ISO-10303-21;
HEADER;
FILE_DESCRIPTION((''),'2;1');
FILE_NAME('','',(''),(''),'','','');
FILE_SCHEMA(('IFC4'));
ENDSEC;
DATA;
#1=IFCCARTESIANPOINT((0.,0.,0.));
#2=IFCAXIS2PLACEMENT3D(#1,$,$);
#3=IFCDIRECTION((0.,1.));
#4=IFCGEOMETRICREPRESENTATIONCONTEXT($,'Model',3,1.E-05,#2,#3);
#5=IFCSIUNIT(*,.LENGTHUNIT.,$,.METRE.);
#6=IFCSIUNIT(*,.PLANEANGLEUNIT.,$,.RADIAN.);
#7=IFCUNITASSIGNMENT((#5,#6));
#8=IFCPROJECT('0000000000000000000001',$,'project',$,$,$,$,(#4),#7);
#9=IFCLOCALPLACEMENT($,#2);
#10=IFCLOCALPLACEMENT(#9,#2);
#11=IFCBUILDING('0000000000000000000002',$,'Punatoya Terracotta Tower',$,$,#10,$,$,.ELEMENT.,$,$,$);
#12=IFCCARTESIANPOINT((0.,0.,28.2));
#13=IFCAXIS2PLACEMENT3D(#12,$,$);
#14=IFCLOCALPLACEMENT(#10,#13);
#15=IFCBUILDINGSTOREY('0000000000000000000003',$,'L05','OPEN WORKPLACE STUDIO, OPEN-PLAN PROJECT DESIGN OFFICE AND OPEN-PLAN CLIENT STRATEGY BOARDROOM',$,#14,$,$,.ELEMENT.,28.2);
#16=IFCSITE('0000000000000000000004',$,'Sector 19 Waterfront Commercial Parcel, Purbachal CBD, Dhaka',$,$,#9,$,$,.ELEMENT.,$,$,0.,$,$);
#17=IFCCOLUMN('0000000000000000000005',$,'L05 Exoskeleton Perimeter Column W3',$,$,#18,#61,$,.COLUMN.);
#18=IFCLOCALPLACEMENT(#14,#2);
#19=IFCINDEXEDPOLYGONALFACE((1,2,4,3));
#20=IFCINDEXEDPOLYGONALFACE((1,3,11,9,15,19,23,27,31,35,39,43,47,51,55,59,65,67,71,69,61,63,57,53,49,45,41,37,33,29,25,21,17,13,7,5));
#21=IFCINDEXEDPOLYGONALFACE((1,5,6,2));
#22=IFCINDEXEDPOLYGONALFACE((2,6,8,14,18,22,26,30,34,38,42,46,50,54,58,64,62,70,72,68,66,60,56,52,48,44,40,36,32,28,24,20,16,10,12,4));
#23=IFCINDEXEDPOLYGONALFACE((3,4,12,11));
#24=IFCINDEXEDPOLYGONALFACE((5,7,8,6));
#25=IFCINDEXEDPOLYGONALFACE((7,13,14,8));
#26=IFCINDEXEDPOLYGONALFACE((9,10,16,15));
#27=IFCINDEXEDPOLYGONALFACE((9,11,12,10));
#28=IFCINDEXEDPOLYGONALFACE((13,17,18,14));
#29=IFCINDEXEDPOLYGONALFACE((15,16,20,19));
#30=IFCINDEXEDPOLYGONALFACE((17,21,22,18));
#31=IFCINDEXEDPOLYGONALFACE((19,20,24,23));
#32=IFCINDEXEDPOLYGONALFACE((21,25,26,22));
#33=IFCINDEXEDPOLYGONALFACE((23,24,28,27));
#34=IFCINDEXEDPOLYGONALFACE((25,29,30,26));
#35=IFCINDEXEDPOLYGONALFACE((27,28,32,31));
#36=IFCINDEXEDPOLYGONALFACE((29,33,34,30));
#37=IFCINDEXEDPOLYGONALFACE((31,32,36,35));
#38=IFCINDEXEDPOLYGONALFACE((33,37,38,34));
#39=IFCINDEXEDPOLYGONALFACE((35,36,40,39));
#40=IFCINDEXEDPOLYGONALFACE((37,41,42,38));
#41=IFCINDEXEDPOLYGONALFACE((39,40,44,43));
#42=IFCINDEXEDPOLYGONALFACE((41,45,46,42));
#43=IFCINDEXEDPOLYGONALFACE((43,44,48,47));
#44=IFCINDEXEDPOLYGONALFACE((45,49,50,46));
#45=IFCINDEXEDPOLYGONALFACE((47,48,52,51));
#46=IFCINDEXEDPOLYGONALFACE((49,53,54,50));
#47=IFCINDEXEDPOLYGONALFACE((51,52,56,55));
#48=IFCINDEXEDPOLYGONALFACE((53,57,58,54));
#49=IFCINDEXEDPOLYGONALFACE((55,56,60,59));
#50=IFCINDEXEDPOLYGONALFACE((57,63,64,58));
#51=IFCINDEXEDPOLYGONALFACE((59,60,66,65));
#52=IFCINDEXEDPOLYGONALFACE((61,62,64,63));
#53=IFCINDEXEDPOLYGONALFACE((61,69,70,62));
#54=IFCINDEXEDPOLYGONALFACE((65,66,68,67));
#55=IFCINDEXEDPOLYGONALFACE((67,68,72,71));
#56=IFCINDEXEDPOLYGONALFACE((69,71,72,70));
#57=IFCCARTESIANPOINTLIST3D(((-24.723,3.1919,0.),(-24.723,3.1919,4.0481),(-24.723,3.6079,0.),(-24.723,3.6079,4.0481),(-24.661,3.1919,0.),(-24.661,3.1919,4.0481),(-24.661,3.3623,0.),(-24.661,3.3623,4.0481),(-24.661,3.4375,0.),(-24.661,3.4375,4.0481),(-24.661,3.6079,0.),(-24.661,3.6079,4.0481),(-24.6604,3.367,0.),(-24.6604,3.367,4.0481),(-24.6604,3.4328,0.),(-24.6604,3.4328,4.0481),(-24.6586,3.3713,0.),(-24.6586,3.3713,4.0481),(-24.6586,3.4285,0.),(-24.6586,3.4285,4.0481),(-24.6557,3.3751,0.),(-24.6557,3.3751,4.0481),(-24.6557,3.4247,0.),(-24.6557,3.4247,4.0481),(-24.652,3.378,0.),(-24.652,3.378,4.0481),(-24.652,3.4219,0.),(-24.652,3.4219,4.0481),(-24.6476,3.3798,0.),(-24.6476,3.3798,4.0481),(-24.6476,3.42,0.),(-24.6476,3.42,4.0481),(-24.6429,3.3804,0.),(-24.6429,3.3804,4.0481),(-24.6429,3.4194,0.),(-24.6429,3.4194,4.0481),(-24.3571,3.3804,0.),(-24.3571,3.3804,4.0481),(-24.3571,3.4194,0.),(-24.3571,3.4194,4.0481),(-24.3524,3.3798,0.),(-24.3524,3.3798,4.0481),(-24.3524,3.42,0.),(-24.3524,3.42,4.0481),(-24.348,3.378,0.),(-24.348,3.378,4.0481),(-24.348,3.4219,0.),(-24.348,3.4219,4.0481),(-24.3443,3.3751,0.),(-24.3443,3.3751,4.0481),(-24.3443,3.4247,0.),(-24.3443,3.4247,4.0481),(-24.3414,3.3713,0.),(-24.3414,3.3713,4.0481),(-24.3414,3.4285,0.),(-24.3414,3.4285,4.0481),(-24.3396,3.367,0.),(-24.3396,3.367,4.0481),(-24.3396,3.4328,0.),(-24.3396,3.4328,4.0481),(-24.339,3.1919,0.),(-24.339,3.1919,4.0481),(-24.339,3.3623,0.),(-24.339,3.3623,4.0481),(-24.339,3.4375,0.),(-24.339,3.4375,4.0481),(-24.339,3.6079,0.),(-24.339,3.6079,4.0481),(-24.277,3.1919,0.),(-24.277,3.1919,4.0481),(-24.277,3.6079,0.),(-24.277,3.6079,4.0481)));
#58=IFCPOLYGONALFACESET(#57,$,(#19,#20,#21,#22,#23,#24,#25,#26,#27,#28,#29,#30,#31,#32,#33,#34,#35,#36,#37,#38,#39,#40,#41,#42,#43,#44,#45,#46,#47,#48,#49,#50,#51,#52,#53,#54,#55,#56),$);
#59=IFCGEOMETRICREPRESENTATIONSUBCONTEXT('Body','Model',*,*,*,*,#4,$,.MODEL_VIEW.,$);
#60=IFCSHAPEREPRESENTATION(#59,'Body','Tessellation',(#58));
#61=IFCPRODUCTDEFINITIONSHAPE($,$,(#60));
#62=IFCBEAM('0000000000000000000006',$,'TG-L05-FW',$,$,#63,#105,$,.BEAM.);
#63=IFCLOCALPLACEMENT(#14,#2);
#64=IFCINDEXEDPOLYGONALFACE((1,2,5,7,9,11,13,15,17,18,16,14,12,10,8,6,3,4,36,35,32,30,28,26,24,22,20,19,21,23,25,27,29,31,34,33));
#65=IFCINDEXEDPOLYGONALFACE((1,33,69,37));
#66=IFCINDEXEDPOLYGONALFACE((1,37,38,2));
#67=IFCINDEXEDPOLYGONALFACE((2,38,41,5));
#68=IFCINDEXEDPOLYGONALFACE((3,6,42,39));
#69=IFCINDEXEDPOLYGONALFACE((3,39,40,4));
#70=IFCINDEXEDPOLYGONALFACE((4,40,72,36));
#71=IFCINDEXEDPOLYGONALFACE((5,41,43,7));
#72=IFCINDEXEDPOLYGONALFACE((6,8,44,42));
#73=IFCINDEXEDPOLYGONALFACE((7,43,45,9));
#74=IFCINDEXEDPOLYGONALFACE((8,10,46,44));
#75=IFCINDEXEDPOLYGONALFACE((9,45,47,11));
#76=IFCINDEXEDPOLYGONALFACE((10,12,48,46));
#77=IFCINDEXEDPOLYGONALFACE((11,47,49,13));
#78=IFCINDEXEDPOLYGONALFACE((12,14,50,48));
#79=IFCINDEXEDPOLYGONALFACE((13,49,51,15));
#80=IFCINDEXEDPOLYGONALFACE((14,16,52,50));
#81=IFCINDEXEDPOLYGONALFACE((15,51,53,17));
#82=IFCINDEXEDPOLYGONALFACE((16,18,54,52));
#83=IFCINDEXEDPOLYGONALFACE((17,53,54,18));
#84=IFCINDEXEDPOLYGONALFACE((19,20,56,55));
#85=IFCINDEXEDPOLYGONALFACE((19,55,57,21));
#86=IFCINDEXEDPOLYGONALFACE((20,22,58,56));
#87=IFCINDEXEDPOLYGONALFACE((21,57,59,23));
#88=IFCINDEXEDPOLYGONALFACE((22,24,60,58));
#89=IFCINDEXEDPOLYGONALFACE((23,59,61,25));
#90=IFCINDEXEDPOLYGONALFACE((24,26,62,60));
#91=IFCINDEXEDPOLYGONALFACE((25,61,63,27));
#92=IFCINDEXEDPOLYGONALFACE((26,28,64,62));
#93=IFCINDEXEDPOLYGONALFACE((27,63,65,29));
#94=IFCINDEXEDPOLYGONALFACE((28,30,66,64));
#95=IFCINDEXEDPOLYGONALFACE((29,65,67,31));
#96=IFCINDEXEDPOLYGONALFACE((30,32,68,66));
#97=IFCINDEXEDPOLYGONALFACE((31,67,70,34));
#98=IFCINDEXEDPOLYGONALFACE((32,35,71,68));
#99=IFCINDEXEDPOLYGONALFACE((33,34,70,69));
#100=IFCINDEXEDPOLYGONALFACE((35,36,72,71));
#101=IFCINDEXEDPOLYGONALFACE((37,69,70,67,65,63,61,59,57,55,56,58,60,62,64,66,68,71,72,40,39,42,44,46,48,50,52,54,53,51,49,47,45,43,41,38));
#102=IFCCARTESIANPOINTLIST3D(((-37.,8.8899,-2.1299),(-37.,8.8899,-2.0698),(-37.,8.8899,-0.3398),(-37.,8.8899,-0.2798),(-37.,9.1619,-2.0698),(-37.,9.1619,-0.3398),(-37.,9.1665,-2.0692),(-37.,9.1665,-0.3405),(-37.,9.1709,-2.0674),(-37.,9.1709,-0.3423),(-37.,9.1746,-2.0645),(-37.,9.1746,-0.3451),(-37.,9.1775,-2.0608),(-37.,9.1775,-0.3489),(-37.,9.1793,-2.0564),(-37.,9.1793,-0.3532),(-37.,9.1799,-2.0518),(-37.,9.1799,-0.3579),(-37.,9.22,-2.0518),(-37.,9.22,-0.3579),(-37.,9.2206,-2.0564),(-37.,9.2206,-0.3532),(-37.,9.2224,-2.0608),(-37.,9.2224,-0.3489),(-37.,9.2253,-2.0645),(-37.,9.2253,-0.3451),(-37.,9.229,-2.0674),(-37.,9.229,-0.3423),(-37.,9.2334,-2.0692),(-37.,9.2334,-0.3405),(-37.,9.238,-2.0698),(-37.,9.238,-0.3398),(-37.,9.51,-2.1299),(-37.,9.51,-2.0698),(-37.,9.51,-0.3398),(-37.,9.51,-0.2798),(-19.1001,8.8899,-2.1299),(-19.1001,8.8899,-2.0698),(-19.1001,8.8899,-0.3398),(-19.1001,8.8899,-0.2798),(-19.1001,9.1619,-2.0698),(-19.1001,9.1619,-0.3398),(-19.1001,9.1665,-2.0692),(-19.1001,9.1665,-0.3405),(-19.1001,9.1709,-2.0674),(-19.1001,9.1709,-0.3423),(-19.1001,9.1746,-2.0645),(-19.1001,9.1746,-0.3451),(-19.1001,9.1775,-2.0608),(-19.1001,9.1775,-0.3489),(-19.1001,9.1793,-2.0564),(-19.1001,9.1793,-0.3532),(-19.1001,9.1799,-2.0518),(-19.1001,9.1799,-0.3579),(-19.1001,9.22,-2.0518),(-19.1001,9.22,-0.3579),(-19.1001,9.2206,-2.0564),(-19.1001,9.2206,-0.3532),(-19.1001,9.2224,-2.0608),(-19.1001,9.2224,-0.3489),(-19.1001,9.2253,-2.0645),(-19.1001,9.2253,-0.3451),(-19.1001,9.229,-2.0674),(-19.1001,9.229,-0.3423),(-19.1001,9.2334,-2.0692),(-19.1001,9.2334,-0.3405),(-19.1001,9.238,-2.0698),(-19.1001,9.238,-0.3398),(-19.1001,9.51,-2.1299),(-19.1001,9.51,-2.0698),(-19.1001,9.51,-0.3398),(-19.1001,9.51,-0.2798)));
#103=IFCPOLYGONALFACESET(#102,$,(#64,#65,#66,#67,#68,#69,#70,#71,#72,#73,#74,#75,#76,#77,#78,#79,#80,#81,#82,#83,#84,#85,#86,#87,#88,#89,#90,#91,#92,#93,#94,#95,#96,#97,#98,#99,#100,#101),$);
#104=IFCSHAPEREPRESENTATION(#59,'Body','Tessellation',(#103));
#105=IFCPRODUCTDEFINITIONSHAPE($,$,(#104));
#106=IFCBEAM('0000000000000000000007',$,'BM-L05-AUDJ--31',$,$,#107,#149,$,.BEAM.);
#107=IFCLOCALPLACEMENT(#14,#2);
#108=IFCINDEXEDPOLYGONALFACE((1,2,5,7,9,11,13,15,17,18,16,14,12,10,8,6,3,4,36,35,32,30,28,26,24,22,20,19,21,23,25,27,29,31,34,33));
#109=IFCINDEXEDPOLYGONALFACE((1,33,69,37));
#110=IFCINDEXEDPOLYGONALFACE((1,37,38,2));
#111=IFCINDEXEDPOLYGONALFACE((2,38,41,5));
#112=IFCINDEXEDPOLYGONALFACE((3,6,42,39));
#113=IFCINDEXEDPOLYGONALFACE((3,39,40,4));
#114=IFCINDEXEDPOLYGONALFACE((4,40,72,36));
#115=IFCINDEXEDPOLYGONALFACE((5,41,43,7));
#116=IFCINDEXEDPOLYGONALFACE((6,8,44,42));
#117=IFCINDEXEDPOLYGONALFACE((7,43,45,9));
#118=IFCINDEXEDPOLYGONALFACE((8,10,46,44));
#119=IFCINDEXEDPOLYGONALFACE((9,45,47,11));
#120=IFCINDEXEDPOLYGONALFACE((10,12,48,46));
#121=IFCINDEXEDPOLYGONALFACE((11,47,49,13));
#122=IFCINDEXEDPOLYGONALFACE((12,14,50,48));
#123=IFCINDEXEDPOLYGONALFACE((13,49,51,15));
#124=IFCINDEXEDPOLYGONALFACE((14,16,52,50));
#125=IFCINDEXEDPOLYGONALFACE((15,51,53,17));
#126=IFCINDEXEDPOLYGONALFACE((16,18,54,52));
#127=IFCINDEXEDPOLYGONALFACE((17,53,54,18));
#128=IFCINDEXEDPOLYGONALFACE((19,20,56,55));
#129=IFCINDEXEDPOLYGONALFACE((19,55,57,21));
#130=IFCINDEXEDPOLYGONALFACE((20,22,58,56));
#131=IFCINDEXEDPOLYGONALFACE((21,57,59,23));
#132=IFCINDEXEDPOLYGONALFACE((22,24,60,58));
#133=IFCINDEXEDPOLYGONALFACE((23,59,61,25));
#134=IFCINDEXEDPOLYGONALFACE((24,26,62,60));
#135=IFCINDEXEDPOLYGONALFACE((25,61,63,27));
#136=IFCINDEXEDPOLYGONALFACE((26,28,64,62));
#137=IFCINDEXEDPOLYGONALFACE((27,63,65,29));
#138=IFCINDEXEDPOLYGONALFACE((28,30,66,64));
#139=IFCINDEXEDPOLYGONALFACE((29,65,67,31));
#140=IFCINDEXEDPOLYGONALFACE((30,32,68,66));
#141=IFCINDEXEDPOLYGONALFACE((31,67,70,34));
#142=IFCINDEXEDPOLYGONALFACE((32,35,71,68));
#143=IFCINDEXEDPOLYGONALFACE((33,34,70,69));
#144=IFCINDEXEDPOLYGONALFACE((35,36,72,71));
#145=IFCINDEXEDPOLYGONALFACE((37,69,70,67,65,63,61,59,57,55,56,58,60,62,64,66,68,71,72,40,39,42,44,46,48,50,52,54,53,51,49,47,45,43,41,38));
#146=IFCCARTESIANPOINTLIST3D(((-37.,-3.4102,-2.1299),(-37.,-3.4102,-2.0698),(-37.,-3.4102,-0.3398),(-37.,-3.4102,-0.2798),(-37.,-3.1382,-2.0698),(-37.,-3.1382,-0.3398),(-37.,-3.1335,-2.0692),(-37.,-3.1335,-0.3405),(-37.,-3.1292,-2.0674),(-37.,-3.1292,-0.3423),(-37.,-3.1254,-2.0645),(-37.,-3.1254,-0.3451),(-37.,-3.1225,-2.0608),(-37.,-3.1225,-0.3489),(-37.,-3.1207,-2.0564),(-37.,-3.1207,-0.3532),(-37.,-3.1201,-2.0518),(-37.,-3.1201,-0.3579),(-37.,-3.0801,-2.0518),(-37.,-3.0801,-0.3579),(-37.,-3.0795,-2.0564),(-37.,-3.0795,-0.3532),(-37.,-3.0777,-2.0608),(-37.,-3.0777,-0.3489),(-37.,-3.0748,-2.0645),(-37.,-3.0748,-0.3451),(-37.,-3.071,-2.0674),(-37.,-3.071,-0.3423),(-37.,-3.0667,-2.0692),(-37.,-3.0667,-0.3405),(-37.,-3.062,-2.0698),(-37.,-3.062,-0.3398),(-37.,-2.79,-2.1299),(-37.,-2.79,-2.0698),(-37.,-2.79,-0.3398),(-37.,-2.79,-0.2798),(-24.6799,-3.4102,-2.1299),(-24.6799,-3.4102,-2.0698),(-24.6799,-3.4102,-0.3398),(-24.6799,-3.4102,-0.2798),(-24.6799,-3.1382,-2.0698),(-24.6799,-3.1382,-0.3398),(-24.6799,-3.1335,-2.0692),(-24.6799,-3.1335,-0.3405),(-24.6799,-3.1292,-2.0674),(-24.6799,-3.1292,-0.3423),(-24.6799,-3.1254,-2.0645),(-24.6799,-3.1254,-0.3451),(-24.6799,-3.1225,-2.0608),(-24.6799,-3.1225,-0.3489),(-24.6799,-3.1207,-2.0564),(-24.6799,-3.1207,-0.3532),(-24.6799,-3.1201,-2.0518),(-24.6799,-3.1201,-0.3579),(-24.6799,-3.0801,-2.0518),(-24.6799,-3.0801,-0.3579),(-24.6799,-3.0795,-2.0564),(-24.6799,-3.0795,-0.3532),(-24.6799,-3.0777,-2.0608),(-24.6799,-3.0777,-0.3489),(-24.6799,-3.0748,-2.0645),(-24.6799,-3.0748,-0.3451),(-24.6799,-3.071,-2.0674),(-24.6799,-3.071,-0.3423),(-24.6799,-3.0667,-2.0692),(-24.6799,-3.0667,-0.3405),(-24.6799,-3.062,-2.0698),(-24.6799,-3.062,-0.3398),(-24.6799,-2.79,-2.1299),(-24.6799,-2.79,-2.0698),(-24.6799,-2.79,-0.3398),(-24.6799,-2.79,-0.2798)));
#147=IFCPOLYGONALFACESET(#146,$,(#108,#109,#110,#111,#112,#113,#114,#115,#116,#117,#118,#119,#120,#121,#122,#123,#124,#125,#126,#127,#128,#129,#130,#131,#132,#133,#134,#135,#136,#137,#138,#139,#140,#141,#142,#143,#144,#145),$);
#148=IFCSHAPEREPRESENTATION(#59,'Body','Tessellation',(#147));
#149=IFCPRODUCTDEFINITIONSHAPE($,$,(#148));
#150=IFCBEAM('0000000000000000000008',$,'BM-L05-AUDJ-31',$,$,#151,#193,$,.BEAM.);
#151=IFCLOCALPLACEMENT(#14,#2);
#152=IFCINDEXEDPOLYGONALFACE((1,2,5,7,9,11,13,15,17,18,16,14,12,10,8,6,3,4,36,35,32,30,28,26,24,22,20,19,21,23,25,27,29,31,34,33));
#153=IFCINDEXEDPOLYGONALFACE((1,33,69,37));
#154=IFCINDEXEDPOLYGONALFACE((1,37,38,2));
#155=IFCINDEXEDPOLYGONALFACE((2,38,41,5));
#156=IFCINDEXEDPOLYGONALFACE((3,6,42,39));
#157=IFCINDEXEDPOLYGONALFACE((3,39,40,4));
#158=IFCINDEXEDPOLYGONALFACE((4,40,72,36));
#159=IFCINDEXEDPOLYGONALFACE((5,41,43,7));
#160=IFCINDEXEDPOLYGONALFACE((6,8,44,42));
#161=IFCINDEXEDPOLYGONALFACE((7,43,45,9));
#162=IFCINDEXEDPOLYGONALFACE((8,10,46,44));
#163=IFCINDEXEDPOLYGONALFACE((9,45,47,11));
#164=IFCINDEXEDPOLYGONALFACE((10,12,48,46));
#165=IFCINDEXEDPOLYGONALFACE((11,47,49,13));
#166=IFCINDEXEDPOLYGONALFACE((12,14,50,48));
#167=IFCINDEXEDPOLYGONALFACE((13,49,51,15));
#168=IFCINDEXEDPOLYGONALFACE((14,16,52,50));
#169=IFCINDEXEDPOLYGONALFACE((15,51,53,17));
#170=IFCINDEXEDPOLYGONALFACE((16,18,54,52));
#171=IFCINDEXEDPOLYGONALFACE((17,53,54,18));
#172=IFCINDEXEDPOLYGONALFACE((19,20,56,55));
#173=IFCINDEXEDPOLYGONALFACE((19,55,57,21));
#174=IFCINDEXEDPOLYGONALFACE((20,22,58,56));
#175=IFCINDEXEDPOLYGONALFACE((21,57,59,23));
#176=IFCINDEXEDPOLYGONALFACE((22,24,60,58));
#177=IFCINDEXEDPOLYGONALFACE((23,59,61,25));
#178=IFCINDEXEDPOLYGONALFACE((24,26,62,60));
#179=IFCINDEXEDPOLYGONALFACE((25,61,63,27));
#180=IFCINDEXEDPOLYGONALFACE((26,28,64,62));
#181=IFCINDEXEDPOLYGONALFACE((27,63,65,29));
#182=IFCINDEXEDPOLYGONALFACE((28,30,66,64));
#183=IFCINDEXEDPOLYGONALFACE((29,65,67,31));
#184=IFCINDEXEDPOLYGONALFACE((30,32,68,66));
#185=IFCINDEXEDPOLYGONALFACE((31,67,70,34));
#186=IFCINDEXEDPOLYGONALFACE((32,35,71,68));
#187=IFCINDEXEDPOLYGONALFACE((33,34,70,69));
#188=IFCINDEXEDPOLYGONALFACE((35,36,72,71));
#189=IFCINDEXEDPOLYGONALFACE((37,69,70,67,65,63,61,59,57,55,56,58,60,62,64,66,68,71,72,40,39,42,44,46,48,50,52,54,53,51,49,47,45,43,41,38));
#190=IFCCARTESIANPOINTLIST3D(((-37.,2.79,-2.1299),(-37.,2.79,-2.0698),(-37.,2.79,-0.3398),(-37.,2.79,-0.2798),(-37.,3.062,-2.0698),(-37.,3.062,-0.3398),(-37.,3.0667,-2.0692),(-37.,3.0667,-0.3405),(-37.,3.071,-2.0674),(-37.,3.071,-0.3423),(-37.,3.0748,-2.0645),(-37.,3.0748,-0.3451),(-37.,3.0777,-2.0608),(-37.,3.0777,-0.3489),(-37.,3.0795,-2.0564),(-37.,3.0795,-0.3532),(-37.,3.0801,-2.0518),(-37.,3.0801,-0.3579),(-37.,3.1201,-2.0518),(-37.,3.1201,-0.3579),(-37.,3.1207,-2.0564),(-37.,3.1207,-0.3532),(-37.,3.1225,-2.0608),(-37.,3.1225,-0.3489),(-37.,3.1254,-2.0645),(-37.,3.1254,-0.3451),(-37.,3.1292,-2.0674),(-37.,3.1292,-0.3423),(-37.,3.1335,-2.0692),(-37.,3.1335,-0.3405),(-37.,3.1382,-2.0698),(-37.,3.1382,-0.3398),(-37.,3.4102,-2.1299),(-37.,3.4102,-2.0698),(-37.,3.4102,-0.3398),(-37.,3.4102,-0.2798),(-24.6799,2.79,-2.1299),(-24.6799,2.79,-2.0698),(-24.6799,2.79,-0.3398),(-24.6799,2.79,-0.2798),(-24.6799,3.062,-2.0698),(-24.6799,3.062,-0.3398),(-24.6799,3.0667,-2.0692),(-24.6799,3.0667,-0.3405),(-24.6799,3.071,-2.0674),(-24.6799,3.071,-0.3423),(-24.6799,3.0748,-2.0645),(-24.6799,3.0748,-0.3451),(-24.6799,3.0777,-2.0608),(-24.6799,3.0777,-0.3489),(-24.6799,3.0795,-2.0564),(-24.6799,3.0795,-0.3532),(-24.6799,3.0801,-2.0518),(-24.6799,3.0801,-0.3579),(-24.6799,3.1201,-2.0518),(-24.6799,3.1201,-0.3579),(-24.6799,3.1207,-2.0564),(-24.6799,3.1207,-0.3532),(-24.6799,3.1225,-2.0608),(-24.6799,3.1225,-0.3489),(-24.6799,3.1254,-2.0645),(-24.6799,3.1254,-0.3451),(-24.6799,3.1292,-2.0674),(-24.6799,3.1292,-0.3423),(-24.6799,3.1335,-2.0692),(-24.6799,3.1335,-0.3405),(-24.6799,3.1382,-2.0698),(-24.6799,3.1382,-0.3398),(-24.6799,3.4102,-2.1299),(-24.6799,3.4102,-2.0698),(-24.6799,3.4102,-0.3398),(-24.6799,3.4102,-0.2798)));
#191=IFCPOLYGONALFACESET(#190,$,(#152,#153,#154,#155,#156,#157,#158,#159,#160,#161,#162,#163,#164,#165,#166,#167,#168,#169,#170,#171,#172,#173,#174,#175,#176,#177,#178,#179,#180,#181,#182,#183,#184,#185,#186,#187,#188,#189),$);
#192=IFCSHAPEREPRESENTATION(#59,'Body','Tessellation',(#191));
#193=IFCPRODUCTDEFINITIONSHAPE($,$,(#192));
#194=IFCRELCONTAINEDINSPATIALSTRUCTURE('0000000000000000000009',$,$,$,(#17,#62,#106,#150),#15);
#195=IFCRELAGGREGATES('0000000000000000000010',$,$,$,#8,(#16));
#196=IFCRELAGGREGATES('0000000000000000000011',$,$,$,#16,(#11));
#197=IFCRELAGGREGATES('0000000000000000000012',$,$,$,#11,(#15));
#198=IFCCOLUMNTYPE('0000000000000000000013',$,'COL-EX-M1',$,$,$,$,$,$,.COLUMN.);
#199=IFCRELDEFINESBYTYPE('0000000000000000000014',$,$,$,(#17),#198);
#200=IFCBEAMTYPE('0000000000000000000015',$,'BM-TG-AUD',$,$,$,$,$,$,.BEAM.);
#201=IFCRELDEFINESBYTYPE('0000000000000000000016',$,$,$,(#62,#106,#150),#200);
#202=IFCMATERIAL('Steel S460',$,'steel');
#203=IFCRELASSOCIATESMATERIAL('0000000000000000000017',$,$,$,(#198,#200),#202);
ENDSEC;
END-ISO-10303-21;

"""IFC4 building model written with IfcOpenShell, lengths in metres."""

from ifc_helpers import new_model, si_unit, direction, frame, origin, origin_2d, place, context, subcontext, project, spatial, i_section, extrude, material, material_profile, profile_set, type_object, element, save


model = new_model("IFC4")

# Units and contexts
model_context = context("Model", 3, precision=1e-05, world=origin(), true_north=direction((0.0, 1.0)))
body_context = subcontext(model_context, "Body", "Model", "MODEL_VIEW")
ifc_project = project(units=[si_unit("LENGTHUNIT", "METRE"), si_unit("PLANEANGLEUNIT", "RADIAN")], contexts=[model_context])

# Site, building, storey
site_placement = place(None, origin())
site = spatial("IfcSite", under=ifc_project, at=site_placement, Name="Sector 19 Waterfront Commercial Parcel, Purbachal CBD, Dhaka", CompositionType="ELEMENT", RefElevation=0.0)
building_placement = place(site_placement, origin())
building = spatial("IfcBuilding", under=site, at=building_placement, Name="Punatoya Terracotta Tower", CompositionType="ELEMENT")
storey_placement = place(building_placement, frame((0.0, 0.0, 28.2)))
storey = spatial("IfcBuildingStorey", under=building, at=storey_placement, Name="L05", Description="OPEN WORKPLACE STUDIO, OPEN-PLAN PROJECT DESIGN OFFICE AND OPEN-PLAN CLIENT STRATEGY BOARDROOM", CompositionType="ELEMENT", Elevation=28.2)

# Column
ifc_material_1 = material(Name="Steel S460", Category="steel")
ifc_material_profile_1 = material_profile(ifc_material_1, i_section(OverallWidth=0.416, OverallDepth=0.446, WebThickness=0.0391, FlangeThickness=0.062, FilletRadius=0.0181, at=origin_2d()))
ifc_profile_set_1 = profile_set([ifc_material_profile_1], Name="Steel S460")
column_type = type_object("IfcColumnType", Name="COL-EX-M1", PredefinedType="COLUMN", material=ifc_profile_set_1)
column_placement = place(storey_placement, frame((-24.5, 3.3999, 0.0), z_axis=(0.0, 0.0, 1.0), x_axis=(0.0, 1.0, 0.0)))
element("IfcColumn", 1, at=column_placement, inside=storey, type_object=column_type, Name="L05 Exoskeleton Perimeter Column W3", PredefinedType="COLUMN", context=body_context, shape_type="SweptSolid", body=[
    extrude(i_section(OverallWidth=0.416, OverallDepth=0.446, WebThickness=0.0391, FlangeThickness=0.062, FilletRadius=0.0181, at=origin_2d()), origin(), (0.0, 0.0, 1.0), 4.0481),
])

# Beams
ifc_material_profile_2 = material_profile(ifc_material_1, i_section(OverallWidth=0.6201, OverallDepth=1.8501, WebThickness=0.04, FlangeThickness=0.0601, FilletRadius=0.0181, at=origin_2d()))
ifc_profile_set_2 = profile_set([ifc_material_profile_2], Name="Steel S460")
beam_type_1 = type_object("IfcBeamType", Name="BM-TG-AUD", PredefinedType="BEAM", material=ifc_profile_set_2)
beam_1_placement = place(storey_placement, frame((-37.0, 9.2, -1.2048), z_axis=(1.0, 0.0, 0.0), x_axis=(0.0, 1.0, 0.0)))
element("IfcBeam", 2, at=beam_1_placement, inside=storey, type_object=beam_type_1, Name="TG-L05-FW", PredefinedType="BEAM", context=body_context, shape_type="SweptSolid", body=[
    extrude(i_section(OverallWidth=0.6201, OverallDepth=1.8501, WebThickness=0.04, FlangeThickness=0.0601, FilletRadius=0.0181, at=origin_2d()), origin(), (0.0, 0.0, 1.0), 17.8999),
])
for number, where, z_axis, x_axis, name in (
    (3, (-37.0, -3.1001, -1.2048), (1.0, 0.0, 0.0), (0.0, 1.0, 0.0), "BM-L05-AUDJ--31"),
    (4, (-37.0, 3.1001, -1.2048), (1.0, 0.0, 0.0), (0.0, 1.0, 0.0), "BM-L05-AUDJ-31"),
):
    element("IfcBeam", number, at=place(storey_placement, frame(where, z_axis=z_axis, x_axis=x_axis)), inside=storey, type_object=beam_type_1, Name=name, PredefinedType="BEAM", context=body_context, shape_type="SweptSolid", body=[
        extrude(i_section(OverallWidth=0.6201, OverallDepth=1.8501, WebThickness=0.04, FlangeThickness=0.0601, FilletRadius=0.0181, at=origin_2d()), origin(), (0.0, 0.0, 1.0), 12.3201),
    ])

save(model, "model.ifc")
